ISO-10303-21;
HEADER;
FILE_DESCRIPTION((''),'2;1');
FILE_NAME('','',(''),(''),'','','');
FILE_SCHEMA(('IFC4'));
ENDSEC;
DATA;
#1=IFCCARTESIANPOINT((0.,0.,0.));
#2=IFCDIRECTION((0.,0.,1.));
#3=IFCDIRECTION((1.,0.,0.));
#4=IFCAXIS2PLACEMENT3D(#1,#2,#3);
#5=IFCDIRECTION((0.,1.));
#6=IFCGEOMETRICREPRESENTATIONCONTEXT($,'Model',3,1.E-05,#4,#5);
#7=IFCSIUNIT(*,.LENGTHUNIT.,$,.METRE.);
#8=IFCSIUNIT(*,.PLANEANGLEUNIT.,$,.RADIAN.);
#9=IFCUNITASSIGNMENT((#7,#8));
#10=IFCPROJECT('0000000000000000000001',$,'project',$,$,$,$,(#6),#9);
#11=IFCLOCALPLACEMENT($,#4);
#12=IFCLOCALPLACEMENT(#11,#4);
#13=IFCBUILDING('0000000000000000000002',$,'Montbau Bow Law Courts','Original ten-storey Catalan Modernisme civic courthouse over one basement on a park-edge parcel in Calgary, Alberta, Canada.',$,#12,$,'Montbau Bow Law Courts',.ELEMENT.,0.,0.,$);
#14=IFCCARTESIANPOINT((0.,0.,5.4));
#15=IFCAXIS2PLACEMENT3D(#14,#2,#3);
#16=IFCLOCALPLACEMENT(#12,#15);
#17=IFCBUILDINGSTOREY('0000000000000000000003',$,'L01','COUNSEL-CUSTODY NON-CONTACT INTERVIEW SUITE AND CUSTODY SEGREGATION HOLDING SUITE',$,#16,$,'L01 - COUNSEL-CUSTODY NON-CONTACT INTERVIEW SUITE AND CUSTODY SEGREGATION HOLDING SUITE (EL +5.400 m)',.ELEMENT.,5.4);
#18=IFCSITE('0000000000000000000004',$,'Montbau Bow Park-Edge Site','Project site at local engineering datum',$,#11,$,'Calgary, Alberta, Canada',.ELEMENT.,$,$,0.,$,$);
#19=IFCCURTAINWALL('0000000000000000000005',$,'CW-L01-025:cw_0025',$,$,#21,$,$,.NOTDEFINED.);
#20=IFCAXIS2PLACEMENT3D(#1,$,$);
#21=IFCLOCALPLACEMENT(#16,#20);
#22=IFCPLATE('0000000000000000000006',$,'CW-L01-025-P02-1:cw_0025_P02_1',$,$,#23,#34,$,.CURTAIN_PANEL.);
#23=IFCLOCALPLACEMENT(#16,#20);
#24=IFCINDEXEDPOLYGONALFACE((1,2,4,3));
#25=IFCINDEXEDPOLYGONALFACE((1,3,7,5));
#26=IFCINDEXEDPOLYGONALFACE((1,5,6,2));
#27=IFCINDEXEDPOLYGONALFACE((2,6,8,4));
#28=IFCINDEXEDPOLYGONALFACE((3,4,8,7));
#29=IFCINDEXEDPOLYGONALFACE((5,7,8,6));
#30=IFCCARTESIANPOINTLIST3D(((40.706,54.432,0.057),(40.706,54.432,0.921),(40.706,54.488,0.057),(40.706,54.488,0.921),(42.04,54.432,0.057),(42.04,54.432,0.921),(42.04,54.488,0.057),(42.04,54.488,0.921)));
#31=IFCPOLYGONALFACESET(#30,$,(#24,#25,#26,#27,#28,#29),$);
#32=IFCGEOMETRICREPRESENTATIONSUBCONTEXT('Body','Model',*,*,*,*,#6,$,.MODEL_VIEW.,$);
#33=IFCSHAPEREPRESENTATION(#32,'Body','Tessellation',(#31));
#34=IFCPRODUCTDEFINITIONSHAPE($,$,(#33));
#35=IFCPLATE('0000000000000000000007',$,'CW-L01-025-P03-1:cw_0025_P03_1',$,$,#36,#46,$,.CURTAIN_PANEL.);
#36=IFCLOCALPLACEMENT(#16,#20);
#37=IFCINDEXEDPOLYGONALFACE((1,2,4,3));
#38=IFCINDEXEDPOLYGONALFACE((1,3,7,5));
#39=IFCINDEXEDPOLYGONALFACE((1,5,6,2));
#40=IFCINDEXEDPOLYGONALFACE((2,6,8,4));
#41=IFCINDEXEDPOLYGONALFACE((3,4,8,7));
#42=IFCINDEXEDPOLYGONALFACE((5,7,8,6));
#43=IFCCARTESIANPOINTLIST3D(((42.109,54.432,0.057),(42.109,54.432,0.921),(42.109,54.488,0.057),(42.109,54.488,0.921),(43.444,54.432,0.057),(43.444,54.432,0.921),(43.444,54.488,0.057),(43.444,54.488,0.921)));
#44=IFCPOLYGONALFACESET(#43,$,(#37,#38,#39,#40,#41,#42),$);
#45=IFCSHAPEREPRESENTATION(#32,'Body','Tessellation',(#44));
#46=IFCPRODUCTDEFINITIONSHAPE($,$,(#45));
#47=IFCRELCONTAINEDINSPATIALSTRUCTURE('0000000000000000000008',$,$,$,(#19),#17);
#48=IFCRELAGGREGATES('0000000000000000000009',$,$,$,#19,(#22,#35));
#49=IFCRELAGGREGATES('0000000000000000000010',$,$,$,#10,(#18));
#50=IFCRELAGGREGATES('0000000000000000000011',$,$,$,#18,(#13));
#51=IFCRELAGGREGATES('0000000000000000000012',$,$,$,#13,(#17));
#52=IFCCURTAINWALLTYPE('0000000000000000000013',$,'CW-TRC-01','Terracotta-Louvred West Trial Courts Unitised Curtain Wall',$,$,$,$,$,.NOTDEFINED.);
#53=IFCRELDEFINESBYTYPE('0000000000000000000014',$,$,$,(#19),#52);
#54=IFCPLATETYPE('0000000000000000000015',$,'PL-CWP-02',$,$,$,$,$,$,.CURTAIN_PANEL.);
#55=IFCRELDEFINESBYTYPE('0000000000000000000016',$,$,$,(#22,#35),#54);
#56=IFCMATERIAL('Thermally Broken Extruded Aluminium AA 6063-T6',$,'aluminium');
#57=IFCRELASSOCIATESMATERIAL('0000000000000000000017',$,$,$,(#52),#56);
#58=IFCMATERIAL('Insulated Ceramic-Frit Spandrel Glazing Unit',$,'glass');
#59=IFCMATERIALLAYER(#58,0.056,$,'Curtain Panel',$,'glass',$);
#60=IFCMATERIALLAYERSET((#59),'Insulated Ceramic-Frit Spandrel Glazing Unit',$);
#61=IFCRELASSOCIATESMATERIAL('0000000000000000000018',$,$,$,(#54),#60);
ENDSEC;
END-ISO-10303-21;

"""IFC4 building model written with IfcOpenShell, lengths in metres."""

from ifc_helpers import new_model, si_unit, direction, frame, frame_2d, origin_with_axes, place, context, subcontext, project, spatial, rectangle, extrude, material, layer, layer_set, type_object, element, aggregate, save


model = new_model("IFC4")

# Units and contexts
model_context = context("Model", 3, precision=1e-05, world=origin_with_axes(), true_north=direction((0.0, 1.0)))
body_context = subcontext(model_context, "Body", "Model", "MODEL_VIEW")
ifc_project = project(units=[si_unit("LENGTHUNIT", "METRE"), si_unit("PLANEANGLEUNIT", "RADIAN")], contexts=[model_context])

# Site, building, storey
site_placement = place(None, origin_with_axes())
site = spatial("IfcSite", under=ifc_project, at=site_placement, Name="Montbau Bow Park-Edge Site", Description="Project site at local engineering datum", LongName="Calgary, Alberta, Canada", CompositionType="ELEMENT", RefElevation=0.0)
building_placement = place(site_placement, origin_with_axes())
building = spatial("IfcBuilding", under=site, at=building_placement, Name="Montbau Bow Law Courts", Description="Original ten-storey Catalan Modernisme civic courthouse over one basement on a park-edge parcel in Calgary, Alberta, Canada.", LongName="Montbau Bow Law Courts", CompositionType="ELEMENT", ElevationOfRefHeight=0.0, ElevationOfTerrain=0.0)
storey_placement = place(building_placement, frame((0.0, 0.0, 5.4), z_axis=(0.0, 0.0, 1.0), x_axis=(1.0, 0.0, 0.0)))
storey = spatial("IfcBuildingStorey", under=building, at=storey_placement, Name="L01", Description="COUNSEL-CUSTODY NON-CONTACT INTERVIEW SUITE AND CUSTODY SEGREGATION HOLDING SUITE", LongName="L01 - COUNSEL-CUSTODY NON-CONTACT INTERVIEW SUITE AND CUSTODY SEGREGATION HOLDING SUITE (EL +5.400 m)", CompositionType="ELEMENT", Elevation=5.4)

# Curtain wall
ifc_material_1 = material(Name="Thermally Broken Extruded Aluminium AA 6063-T6", Category="aluminium")
curtain_wall_type = type_object("IfcCurtainWallType", Name="CW-TRC-01", Description="Terracotta-Louvred West Trial Courts Unitised Curtain Wall", PredefinedType="NOTDEFINED", material=ifc_material_1)
curtain_wall_1_placement = place(None, frame((39.268, 54.46, 5.4), z_axis=(0.0, 0.0, 1.0), x_axis=(1.0, 0.0, 0.0)))
curtain_wall_1 = element("IfcCurtainWall", 1, at=curtain_wall_1_placement, inside=storey, type_object=curtain_wall_type, Name="CW-L01-025:cw_0025", PredefinedType="NOTDEFINED")

# Plates
ifc_material_2 = material(Name="Insulated Ceramic-Frit Spandrel Glazing Unit", Category="glass")
ifc_layer_1 = layer(ifc_material_2, 0.056, Name="Curtain Panel", Category="glass")
ifc_layer_set_1 = layer_set([ifc_layer_1], Name="Insulated Ceramic-Frit Spandrel Glazing Unit")
plate_type_1 = type_object("IfcPlateType", Name="PL-CWP-02", PredefinedType="CURTAIN_PANEL", material=ifc_layer_set_1)
plate_1_placement = place(None, frame((40.706, 54.46, 5.457), z_axis=(0.0, -1.0, 0.0), x_axis=(1.0, 0.0, 0.0)))
plate_1 = element("IfcPlate", 2, at=plate_1_placement, type_object=plate_type_1, Name="CW-L01-025-P02-1:cw_0025_P02_1", PredefinedType="CURTAIN_PANEL", context=body_context, shape_type="SweptSolid", body=[
    extrude(rectangle(XDim=1.334, YDim=0.864, at=frame_2d((0.667, 0.432), x_axis=(1.0, 0.0))), frame((0.0, 0.0, -0.028), z_axis=(0.0, 0.0, 1.0), x_axis=(1.0, 0.0, 0.0)), (0.0, 0.0, 1.0), 0.056),
])
plate_2_placement = place(None, frame((42.109, 54.46, 5.457), z_axis=(0.0, -1.0, 0.0), x_axis=(1.0, 0.0, 0.0)))
plate_2 = element("IfcPlate", 3, at=plate_2_placement, type_object=plate_type_1, Name="CW-L01-025-P03-1:cw_0025_P03_1", PredefinedType="CURTAIN_PANEL", context=body_context, shape_type="SweptSolid", body=[
    extrude(rectangle(XDim=1.335, YDim=0.864, at=frame_2d((0.6675, 0.432), x_axis=(1.0, 0.0))), frame((0.0, 0.0, -0.028), z_axis=(0.0, 0.0, 1.0), x_axis=(1.0, 0.0, 0.0)), (0.0, 0.0, 1.0), 0.056),
])
aggregate(curtain_wall_1, [plate_1, plate_2])

save(model, "model.ifc")
